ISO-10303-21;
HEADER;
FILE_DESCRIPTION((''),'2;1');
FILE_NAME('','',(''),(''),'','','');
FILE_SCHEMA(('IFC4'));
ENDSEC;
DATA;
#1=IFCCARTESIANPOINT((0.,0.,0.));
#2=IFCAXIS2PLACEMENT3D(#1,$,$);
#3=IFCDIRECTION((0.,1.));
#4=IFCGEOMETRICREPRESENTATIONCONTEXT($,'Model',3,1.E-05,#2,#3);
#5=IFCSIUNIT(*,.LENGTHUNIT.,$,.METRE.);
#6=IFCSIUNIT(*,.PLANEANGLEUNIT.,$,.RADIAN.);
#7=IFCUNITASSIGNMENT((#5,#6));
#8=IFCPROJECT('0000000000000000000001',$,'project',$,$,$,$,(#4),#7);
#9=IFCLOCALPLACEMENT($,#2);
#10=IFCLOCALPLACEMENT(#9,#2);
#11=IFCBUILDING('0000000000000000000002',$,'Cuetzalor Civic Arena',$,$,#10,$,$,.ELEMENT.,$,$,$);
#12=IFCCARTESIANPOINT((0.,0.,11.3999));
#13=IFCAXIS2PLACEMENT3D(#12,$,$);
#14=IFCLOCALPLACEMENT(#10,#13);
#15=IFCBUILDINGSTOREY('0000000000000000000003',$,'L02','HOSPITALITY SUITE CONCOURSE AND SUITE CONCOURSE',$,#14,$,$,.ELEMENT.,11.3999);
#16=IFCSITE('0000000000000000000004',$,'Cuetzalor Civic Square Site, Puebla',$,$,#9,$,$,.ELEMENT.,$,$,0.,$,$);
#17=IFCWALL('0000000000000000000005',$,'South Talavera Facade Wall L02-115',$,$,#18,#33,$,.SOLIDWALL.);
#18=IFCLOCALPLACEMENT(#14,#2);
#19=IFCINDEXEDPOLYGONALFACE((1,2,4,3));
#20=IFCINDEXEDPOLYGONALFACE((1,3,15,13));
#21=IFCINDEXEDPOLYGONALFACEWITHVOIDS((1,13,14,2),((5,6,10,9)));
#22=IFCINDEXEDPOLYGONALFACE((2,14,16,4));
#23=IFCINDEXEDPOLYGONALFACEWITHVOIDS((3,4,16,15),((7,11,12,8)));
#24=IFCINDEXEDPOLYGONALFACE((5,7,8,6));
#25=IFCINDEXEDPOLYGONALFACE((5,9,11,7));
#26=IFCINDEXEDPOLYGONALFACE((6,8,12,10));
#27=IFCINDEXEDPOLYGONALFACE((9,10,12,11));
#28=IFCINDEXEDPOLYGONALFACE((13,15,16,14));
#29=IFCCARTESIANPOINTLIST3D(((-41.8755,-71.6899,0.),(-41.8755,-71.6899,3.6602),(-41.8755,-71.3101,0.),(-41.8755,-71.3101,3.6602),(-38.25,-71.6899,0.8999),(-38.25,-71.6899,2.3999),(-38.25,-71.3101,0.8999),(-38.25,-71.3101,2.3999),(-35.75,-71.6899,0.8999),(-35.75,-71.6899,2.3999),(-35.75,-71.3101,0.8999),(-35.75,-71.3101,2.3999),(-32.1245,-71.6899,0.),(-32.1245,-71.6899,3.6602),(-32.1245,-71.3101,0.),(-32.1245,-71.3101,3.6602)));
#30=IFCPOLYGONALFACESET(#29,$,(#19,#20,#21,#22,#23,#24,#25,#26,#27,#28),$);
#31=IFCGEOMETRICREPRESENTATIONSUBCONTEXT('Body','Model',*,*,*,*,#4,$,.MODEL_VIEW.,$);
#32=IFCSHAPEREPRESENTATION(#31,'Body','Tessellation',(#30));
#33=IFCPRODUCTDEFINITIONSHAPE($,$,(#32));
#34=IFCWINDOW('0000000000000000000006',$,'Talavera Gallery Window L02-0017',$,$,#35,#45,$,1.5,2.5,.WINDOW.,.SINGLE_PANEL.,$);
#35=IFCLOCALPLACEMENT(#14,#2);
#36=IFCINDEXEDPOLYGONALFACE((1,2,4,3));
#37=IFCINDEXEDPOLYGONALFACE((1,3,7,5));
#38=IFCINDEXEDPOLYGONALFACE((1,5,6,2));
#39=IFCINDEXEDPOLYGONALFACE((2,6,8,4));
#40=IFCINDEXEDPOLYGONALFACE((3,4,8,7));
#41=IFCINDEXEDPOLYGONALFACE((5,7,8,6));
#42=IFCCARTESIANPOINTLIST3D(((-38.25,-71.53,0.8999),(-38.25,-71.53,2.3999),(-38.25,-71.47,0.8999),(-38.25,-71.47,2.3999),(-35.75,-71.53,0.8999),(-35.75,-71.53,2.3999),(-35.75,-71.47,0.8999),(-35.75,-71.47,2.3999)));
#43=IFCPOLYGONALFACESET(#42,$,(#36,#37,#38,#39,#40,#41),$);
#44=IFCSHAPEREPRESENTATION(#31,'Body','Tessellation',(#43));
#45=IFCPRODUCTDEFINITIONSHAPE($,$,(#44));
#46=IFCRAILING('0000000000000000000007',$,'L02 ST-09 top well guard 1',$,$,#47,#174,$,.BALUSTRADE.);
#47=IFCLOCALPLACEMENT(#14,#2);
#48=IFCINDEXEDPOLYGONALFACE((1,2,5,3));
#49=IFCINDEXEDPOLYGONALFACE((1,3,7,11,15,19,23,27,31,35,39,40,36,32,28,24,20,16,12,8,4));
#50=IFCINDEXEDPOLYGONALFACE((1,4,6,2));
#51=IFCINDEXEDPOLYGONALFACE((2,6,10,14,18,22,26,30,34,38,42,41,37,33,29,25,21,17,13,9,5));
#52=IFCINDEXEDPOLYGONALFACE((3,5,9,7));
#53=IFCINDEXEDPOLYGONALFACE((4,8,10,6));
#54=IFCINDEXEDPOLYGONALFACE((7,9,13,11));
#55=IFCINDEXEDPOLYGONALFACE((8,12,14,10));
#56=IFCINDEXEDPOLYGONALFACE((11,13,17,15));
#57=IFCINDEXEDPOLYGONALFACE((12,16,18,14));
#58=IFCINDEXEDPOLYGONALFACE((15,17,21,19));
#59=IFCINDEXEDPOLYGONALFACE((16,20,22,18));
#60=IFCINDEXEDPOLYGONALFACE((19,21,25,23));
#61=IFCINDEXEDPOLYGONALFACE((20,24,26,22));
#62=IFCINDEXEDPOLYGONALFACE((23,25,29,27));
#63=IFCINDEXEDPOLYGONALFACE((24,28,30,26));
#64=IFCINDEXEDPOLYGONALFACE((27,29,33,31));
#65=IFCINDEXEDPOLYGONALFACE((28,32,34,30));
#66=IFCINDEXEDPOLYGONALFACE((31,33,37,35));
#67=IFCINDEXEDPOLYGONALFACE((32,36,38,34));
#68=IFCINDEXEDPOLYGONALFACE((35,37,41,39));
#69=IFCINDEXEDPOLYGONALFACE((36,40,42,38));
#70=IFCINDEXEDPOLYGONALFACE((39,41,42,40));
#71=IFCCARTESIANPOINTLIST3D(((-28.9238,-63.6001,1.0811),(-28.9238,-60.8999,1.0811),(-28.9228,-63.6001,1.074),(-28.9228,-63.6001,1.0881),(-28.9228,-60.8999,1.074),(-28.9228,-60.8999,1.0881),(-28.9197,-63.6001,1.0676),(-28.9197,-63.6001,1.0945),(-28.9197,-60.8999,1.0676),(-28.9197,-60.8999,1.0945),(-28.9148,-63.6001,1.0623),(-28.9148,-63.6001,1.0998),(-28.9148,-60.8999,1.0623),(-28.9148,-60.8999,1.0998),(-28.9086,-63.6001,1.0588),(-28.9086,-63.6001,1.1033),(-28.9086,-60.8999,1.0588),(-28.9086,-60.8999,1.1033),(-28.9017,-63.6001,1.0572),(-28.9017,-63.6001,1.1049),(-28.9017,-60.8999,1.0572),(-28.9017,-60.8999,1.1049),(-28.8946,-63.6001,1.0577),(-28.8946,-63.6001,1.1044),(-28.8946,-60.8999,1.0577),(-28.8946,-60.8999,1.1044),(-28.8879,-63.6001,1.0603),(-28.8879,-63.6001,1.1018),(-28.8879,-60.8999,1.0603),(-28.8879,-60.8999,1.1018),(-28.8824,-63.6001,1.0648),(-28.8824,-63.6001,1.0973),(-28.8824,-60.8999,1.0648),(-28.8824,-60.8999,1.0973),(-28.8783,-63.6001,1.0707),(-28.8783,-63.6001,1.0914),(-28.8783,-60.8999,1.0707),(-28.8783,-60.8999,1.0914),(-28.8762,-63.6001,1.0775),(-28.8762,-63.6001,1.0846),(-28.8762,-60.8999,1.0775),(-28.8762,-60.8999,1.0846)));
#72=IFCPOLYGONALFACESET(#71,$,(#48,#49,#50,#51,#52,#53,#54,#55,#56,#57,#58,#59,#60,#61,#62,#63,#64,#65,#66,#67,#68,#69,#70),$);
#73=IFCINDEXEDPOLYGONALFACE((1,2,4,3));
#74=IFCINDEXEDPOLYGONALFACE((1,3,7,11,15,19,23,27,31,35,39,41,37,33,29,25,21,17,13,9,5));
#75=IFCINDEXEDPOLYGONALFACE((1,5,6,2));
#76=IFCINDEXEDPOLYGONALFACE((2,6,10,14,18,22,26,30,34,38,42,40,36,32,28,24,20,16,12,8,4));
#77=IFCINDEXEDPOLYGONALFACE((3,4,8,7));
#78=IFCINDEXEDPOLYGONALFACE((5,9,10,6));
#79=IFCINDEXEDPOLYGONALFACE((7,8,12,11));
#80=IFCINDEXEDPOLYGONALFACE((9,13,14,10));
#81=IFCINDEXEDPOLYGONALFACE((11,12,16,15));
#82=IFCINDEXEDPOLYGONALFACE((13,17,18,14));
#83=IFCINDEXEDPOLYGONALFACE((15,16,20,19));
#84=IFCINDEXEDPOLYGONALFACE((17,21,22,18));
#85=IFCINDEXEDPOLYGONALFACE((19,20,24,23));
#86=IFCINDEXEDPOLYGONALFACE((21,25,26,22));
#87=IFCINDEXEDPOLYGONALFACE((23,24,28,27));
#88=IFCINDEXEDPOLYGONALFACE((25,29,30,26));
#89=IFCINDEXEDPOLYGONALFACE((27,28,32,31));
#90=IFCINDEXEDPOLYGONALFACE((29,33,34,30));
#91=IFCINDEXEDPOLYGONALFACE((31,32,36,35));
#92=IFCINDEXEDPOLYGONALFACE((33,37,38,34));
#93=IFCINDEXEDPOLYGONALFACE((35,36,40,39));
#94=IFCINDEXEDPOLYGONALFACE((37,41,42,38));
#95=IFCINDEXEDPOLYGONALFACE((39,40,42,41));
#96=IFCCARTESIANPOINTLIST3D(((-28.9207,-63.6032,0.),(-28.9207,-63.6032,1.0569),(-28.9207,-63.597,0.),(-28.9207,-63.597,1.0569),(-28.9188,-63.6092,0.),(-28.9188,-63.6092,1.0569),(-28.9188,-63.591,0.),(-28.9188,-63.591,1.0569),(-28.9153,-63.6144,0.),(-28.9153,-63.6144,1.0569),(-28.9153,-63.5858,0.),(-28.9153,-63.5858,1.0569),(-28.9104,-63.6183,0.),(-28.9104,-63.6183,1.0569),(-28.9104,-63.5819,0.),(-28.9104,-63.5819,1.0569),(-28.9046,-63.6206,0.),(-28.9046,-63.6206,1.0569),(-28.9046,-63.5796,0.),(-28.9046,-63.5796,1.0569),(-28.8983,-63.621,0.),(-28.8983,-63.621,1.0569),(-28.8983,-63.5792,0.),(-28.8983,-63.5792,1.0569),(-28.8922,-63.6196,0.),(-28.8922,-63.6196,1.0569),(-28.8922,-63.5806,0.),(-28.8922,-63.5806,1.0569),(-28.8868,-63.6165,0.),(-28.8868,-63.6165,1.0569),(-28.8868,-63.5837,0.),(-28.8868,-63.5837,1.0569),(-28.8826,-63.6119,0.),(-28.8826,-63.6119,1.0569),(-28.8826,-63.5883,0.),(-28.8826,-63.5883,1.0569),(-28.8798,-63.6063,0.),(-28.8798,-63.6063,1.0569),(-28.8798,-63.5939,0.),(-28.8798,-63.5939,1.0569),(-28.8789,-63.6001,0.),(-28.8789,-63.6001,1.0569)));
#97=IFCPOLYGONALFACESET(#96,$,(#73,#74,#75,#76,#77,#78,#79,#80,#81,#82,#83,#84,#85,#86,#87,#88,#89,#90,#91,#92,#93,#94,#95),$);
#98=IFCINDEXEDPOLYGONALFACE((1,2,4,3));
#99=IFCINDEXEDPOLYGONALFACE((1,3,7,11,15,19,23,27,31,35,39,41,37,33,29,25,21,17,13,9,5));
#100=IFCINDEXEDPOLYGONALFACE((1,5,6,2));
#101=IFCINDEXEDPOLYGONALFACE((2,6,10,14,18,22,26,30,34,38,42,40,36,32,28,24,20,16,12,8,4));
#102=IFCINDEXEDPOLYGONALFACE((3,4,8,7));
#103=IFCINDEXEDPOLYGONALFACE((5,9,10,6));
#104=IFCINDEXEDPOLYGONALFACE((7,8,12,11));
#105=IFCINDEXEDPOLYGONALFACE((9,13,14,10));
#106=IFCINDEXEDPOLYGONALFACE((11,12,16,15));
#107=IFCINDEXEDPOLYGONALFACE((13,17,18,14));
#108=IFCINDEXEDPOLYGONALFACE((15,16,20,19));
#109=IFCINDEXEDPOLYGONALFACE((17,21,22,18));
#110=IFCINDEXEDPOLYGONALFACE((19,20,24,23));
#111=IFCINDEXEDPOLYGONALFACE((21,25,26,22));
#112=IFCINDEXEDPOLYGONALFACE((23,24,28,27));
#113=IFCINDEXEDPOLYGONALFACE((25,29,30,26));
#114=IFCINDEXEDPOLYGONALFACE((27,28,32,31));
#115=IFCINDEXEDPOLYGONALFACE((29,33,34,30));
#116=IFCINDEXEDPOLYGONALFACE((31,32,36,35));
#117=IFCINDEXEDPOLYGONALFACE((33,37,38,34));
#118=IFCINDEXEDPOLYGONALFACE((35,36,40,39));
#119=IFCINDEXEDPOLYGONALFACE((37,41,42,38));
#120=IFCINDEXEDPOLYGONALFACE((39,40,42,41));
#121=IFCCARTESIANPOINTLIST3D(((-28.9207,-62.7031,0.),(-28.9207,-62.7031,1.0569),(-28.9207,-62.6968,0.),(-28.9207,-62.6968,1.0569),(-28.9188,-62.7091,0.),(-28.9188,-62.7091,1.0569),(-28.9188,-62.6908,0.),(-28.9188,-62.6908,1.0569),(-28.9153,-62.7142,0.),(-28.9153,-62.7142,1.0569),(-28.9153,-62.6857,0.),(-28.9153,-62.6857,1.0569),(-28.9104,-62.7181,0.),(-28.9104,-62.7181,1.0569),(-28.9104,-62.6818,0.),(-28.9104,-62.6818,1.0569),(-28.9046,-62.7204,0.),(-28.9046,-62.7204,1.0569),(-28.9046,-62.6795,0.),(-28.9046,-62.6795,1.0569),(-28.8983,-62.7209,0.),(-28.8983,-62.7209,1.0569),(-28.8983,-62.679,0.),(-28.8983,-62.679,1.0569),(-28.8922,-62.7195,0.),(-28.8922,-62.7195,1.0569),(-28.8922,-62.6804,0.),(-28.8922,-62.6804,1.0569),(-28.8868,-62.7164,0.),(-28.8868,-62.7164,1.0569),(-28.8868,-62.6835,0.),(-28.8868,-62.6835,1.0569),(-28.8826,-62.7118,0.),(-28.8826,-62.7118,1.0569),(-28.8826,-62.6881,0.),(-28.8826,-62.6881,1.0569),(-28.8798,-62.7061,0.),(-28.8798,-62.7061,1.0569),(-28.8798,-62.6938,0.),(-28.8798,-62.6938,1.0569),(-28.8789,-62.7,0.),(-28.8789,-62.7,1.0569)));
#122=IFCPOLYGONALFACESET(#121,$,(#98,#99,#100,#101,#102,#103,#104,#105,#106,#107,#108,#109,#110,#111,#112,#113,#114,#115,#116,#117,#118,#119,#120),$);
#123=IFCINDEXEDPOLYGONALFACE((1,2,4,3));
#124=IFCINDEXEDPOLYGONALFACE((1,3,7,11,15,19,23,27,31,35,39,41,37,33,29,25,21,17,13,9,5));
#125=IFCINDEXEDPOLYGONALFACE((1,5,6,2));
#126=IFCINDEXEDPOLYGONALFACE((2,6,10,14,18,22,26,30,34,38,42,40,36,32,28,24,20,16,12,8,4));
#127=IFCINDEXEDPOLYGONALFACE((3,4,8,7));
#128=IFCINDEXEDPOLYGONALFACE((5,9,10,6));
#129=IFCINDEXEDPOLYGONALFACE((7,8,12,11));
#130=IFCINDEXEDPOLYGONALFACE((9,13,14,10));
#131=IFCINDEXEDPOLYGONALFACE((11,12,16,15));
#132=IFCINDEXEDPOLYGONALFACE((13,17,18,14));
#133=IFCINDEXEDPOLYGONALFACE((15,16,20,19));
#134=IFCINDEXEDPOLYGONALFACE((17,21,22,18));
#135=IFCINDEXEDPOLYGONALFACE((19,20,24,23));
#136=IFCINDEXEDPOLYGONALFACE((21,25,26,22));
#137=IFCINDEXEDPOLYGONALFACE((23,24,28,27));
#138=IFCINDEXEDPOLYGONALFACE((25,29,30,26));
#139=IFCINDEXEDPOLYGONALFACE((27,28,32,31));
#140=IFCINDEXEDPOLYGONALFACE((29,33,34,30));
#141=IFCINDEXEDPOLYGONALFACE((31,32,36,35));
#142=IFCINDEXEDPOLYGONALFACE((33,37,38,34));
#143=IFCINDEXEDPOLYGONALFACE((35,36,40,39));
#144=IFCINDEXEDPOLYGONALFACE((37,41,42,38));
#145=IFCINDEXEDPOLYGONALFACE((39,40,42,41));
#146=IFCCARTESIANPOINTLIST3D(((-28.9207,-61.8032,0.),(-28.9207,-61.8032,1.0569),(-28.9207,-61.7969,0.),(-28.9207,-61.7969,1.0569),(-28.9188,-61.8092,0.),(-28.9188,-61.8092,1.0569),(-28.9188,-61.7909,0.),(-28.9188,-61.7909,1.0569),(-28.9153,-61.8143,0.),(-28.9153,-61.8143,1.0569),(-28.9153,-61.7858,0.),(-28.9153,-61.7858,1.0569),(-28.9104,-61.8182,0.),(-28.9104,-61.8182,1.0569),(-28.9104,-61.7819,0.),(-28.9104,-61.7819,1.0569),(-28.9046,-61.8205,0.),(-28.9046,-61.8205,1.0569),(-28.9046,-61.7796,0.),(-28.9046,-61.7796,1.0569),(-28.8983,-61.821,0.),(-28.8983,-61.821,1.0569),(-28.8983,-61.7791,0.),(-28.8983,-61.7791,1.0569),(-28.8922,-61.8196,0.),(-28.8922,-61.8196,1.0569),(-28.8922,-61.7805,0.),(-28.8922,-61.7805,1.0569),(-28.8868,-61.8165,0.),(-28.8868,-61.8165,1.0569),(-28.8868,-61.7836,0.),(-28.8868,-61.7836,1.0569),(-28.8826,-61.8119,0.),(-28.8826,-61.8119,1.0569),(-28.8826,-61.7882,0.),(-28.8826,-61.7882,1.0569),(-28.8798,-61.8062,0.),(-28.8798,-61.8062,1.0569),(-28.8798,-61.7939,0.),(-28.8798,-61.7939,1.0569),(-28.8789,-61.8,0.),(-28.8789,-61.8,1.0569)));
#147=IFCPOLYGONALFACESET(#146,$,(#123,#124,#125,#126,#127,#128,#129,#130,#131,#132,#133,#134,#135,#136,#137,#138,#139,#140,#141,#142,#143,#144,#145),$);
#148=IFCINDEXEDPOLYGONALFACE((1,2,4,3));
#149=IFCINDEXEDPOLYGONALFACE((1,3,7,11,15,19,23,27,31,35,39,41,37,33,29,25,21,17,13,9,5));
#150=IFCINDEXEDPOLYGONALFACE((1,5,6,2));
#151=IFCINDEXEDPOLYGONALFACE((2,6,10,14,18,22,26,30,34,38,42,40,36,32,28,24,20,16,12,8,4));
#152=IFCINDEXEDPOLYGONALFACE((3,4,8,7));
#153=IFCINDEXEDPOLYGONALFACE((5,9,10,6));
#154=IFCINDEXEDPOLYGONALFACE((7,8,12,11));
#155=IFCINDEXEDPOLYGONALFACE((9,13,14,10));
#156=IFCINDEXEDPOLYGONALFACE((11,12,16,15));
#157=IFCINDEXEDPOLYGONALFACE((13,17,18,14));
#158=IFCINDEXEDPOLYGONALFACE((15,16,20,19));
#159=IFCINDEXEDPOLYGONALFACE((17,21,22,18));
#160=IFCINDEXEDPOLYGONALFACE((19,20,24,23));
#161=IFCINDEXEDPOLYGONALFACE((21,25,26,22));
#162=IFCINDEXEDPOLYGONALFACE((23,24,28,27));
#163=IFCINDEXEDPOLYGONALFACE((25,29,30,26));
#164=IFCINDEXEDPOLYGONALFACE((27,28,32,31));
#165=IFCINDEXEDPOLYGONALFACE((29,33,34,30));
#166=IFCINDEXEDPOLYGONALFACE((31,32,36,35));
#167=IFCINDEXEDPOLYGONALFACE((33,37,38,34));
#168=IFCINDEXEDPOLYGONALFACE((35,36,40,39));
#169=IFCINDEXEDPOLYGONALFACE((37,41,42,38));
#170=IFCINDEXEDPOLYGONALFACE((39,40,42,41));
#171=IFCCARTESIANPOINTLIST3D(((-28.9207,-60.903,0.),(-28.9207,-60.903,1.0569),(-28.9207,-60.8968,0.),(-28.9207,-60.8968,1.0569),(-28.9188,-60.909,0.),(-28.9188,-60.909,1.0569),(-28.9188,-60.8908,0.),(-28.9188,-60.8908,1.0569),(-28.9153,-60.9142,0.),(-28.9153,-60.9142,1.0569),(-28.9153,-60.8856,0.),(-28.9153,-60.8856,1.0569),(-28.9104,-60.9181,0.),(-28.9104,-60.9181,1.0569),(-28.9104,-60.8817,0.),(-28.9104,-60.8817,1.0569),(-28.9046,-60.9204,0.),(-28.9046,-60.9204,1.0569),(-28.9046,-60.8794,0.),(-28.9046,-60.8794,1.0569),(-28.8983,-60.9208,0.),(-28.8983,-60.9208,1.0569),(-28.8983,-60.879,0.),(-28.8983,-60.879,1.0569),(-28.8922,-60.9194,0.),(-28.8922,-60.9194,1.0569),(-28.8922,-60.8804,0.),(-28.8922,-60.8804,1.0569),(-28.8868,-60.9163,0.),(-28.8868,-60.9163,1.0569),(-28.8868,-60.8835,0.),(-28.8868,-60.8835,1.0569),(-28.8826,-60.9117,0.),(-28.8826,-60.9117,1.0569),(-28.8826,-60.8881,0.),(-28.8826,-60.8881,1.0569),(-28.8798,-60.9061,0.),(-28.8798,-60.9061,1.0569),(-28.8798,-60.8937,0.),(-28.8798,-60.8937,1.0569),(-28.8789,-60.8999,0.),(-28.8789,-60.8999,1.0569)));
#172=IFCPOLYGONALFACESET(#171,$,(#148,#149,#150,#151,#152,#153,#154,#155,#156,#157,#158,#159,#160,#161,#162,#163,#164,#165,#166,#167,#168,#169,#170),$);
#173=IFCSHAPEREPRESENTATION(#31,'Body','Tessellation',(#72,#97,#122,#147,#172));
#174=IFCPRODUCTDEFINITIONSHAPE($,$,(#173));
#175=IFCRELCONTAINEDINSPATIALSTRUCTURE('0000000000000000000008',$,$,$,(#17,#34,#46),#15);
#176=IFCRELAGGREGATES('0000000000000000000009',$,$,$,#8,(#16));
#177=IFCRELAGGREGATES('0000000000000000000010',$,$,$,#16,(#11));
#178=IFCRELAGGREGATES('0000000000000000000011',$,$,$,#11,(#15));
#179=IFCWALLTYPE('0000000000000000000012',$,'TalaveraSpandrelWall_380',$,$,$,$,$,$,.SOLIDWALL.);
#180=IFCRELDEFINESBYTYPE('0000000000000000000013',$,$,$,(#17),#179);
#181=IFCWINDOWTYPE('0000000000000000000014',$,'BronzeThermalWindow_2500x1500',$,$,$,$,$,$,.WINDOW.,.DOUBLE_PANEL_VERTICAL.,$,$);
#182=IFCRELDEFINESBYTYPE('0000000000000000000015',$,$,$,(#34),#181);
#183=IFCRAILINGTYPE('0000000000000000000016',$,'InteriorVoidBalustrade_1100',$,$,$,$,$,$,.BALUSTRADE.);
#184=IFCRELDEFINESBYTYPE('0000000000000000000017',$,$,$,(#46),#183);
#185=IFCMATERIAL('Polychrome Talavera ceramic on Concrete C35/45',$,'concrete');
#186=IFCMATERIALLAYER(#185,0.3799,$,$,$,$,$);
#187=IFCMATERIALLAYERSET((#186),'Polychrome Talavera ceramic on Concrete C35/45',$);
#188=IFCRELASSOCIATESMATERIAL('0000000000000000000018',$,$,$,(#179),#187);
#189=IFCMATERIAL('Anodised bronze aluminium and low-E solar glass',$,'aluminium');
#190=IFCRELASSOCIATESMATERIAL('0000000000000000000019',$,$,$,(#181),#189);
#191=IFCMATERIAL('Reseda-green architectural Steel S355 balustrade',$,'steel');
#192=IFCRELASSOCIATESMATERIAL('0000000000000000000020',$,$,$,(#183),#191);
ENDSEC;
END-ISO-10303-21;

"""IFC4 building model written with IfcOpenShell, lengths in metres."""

from ifc_helpers import new_model, si_unit, direction, frame, frame_2d, origin, origin_2d, place, context, subcontext, project, spatial, rectangle, circle, extrude, material, layer, layer_set, type_object, element, fill, save


model = new_model("IFC4")

# Units and contexts
model_context = context("Model", 3, precision=1e-05, world=origin(), true_north=direction((0.0, 1.0)))
body_context = subcontext(model_context, "Body", "Model", "MODEL_VIEW")
ifc_project = project(units=[si_unit("LENGTHUNIT", "METRE"), si_unit("PLANEANGLEUNIT", "RADIAN")], contexts=[model_context])

# Site, building, storey
site_placement = place(None, origin())
site = spatial("IfcSite", under=ifc_project, at=site_placement, Name="Cuetzalor Civic Square Site, Puebla", CompositionType="ELEMENT", RefElevation=0.0)
building_placement = place(site_placement, origin())
building = spatial("IfcBuilding", under=site, at=building_placement, Name="Cuetzalor Civic Arena", CompositionType="ELEMENT")
storey_placement = place(building_placement, frame((0.0, 0.0, 11.3999)))
storey = spatial("IfcBuildingStorey", under=building, at=storey_placement, Name="L02", Description="HOSPITALITY SUITE CONCOURSE AND SUITE CONCOURSE", CompositionType="ELEMENT", Elevation=11.3999)

# Wall, opening, window
ifc_material_1 = material(Name="Polychrome Talavera ceramic on Concrete C35/45", Category="concrete")
ifc_layer_1 = layer(ifc_material_1, 0.3799)
ifc_layer_set_1 = layer_set([ifc_layer_1], Name="Polychrome Talavera ceramic on Concrete C35/45")
wall_type_1 = type_object("IfcWallType", Name="TalaveraSpandrelWall_380", PredefinedType="SOLIDWALL", material=ifc_layer_set_1)
wall_1_placement = place(storey_placement, frame((-32.1245, -71.5, 0.0), z_axis=(0.0, 0.0, 1.0), x_axis=(-1.0, 0.0, 0.0)))
wall_1 = element("IfcWall", 1, at=wall_1_placement, inside=storey, type_object=wall_type_1, Name="South Talavera Facade Wall L02-115", PredefinedType="SOLIDWALL", context=body_context, shape_type="SweptSolid", body=[
    extrude(rectangle(XDim=9.751, YDim=0.3799, at=frame_2d((4.8755, 0.0))), origin(), (0.0, 0.0, 1.0), 3.6602),
])
opening_1_placement = place(wall_1_placement, frame((3.6255, 0.0, 0.8999)))
opening_1 = element("IfcOpeningElement", 2, at=opening_1_placement, cuts=wall_1, PredefinedType="OPENING", context=body_context, shape_type="SweptSolid", body=[
    extrude(rectangle(XDim=2.5, YDim=1.5, at=frame_2d((1.25, 0.75))), frame((0.0, 0.2, 0.0), z_axis=(0.0, -1.0, 0.0), x_axis=(1.0, 0.0, 0.0)), (0.0, 0.0, 1.0), 0.3999),
])
ifc_material_2 = material(Name="Anodised bronze aluminium and low-E solar glass", Category="aluminium")
window_type = type_object("IfcWindowType", Name="BronzeThermalWindow_2500x1500", PartitioningType="DOUBLE_PANEL_VERTICAL", PredefinedType="WINDOW", material=ifc_material_2)
window_placement = place(opening_1_placement, origin())
window = element("IfcWindow", 3, at=window_placement, inside=storey, type_object=window_type, Name="Talavera Gallery Window L02-0017", OverallHeight=1.5, OverallWidth=2.5, PartitioningType="SINGLE_PANEL", PredefinedType="WINDOW", context=body_context, shape_type="SweptSolid", body=[
    extrude(rectangle(XDim=2.5, YDim=1.5, at=frame_2d((1.25, 0.75))), frame((0.0, 0.03, 0.0), z_axis=(0.0, -1.0, 0.0), x_axis=(1.0, 0.0, 0.0)), (0.0, 0.0, 1.0), 0.0601),
])
fill(opening_1, window)

# Railing
ifc_material_3 = material(Name="Reseda-green architectural Steel S355 balustrade", Category="steel")
railing_type = type_object("IfcRailingType", Name="InteriorVoidBalustrade_1100", PredefinedType="BALUSTRADE", material=ifc_material_3)
railing_placement = place(storey_placement, frame((-28.8999, -63.6001, 0.0)))
element("IfcRailing", 4, at=railing_placement, inside=storey, type_object=railing_type, Name="L02 ST-09 top well guard 1", PredefinedType="BALUSTRADE", context=body_context, shape_type="SweptSolid", body=[
    extrude(circle(Radius=0.0239, at=origin_2d()), frame((0.0, 0.0, 1.0811), z_axis=(0.0, 1.0, 0.0), x_axis=(-1.0, 0.0, 0.0)), (0.0, 0.0, 1.0), 2.7002),
    extrude(circle(Radius=0.021, at=origin_2d()), origin(), (0.0, 0.0, 1.0), 1.0569),
    extrude(circle(Radius=0.021, at=origin_2d()), frame((0.0, 0.9001, 0.0)), (0.0, 0.0, 1.0), 1.0569),
    extrude(circle(Radius=0.021, at=origin_2d()), frame((0.0, 1.8, 0.0)), (0.0, 0.0, 1.0), 1.0569),
    extrude(circle(Radius=0.021, at=origin_2d()), frame((0.0, 2.7002, 0.0)), (0.0, 0.0, 1.0), 1.0569),
])

save(model, "model.ifc")
